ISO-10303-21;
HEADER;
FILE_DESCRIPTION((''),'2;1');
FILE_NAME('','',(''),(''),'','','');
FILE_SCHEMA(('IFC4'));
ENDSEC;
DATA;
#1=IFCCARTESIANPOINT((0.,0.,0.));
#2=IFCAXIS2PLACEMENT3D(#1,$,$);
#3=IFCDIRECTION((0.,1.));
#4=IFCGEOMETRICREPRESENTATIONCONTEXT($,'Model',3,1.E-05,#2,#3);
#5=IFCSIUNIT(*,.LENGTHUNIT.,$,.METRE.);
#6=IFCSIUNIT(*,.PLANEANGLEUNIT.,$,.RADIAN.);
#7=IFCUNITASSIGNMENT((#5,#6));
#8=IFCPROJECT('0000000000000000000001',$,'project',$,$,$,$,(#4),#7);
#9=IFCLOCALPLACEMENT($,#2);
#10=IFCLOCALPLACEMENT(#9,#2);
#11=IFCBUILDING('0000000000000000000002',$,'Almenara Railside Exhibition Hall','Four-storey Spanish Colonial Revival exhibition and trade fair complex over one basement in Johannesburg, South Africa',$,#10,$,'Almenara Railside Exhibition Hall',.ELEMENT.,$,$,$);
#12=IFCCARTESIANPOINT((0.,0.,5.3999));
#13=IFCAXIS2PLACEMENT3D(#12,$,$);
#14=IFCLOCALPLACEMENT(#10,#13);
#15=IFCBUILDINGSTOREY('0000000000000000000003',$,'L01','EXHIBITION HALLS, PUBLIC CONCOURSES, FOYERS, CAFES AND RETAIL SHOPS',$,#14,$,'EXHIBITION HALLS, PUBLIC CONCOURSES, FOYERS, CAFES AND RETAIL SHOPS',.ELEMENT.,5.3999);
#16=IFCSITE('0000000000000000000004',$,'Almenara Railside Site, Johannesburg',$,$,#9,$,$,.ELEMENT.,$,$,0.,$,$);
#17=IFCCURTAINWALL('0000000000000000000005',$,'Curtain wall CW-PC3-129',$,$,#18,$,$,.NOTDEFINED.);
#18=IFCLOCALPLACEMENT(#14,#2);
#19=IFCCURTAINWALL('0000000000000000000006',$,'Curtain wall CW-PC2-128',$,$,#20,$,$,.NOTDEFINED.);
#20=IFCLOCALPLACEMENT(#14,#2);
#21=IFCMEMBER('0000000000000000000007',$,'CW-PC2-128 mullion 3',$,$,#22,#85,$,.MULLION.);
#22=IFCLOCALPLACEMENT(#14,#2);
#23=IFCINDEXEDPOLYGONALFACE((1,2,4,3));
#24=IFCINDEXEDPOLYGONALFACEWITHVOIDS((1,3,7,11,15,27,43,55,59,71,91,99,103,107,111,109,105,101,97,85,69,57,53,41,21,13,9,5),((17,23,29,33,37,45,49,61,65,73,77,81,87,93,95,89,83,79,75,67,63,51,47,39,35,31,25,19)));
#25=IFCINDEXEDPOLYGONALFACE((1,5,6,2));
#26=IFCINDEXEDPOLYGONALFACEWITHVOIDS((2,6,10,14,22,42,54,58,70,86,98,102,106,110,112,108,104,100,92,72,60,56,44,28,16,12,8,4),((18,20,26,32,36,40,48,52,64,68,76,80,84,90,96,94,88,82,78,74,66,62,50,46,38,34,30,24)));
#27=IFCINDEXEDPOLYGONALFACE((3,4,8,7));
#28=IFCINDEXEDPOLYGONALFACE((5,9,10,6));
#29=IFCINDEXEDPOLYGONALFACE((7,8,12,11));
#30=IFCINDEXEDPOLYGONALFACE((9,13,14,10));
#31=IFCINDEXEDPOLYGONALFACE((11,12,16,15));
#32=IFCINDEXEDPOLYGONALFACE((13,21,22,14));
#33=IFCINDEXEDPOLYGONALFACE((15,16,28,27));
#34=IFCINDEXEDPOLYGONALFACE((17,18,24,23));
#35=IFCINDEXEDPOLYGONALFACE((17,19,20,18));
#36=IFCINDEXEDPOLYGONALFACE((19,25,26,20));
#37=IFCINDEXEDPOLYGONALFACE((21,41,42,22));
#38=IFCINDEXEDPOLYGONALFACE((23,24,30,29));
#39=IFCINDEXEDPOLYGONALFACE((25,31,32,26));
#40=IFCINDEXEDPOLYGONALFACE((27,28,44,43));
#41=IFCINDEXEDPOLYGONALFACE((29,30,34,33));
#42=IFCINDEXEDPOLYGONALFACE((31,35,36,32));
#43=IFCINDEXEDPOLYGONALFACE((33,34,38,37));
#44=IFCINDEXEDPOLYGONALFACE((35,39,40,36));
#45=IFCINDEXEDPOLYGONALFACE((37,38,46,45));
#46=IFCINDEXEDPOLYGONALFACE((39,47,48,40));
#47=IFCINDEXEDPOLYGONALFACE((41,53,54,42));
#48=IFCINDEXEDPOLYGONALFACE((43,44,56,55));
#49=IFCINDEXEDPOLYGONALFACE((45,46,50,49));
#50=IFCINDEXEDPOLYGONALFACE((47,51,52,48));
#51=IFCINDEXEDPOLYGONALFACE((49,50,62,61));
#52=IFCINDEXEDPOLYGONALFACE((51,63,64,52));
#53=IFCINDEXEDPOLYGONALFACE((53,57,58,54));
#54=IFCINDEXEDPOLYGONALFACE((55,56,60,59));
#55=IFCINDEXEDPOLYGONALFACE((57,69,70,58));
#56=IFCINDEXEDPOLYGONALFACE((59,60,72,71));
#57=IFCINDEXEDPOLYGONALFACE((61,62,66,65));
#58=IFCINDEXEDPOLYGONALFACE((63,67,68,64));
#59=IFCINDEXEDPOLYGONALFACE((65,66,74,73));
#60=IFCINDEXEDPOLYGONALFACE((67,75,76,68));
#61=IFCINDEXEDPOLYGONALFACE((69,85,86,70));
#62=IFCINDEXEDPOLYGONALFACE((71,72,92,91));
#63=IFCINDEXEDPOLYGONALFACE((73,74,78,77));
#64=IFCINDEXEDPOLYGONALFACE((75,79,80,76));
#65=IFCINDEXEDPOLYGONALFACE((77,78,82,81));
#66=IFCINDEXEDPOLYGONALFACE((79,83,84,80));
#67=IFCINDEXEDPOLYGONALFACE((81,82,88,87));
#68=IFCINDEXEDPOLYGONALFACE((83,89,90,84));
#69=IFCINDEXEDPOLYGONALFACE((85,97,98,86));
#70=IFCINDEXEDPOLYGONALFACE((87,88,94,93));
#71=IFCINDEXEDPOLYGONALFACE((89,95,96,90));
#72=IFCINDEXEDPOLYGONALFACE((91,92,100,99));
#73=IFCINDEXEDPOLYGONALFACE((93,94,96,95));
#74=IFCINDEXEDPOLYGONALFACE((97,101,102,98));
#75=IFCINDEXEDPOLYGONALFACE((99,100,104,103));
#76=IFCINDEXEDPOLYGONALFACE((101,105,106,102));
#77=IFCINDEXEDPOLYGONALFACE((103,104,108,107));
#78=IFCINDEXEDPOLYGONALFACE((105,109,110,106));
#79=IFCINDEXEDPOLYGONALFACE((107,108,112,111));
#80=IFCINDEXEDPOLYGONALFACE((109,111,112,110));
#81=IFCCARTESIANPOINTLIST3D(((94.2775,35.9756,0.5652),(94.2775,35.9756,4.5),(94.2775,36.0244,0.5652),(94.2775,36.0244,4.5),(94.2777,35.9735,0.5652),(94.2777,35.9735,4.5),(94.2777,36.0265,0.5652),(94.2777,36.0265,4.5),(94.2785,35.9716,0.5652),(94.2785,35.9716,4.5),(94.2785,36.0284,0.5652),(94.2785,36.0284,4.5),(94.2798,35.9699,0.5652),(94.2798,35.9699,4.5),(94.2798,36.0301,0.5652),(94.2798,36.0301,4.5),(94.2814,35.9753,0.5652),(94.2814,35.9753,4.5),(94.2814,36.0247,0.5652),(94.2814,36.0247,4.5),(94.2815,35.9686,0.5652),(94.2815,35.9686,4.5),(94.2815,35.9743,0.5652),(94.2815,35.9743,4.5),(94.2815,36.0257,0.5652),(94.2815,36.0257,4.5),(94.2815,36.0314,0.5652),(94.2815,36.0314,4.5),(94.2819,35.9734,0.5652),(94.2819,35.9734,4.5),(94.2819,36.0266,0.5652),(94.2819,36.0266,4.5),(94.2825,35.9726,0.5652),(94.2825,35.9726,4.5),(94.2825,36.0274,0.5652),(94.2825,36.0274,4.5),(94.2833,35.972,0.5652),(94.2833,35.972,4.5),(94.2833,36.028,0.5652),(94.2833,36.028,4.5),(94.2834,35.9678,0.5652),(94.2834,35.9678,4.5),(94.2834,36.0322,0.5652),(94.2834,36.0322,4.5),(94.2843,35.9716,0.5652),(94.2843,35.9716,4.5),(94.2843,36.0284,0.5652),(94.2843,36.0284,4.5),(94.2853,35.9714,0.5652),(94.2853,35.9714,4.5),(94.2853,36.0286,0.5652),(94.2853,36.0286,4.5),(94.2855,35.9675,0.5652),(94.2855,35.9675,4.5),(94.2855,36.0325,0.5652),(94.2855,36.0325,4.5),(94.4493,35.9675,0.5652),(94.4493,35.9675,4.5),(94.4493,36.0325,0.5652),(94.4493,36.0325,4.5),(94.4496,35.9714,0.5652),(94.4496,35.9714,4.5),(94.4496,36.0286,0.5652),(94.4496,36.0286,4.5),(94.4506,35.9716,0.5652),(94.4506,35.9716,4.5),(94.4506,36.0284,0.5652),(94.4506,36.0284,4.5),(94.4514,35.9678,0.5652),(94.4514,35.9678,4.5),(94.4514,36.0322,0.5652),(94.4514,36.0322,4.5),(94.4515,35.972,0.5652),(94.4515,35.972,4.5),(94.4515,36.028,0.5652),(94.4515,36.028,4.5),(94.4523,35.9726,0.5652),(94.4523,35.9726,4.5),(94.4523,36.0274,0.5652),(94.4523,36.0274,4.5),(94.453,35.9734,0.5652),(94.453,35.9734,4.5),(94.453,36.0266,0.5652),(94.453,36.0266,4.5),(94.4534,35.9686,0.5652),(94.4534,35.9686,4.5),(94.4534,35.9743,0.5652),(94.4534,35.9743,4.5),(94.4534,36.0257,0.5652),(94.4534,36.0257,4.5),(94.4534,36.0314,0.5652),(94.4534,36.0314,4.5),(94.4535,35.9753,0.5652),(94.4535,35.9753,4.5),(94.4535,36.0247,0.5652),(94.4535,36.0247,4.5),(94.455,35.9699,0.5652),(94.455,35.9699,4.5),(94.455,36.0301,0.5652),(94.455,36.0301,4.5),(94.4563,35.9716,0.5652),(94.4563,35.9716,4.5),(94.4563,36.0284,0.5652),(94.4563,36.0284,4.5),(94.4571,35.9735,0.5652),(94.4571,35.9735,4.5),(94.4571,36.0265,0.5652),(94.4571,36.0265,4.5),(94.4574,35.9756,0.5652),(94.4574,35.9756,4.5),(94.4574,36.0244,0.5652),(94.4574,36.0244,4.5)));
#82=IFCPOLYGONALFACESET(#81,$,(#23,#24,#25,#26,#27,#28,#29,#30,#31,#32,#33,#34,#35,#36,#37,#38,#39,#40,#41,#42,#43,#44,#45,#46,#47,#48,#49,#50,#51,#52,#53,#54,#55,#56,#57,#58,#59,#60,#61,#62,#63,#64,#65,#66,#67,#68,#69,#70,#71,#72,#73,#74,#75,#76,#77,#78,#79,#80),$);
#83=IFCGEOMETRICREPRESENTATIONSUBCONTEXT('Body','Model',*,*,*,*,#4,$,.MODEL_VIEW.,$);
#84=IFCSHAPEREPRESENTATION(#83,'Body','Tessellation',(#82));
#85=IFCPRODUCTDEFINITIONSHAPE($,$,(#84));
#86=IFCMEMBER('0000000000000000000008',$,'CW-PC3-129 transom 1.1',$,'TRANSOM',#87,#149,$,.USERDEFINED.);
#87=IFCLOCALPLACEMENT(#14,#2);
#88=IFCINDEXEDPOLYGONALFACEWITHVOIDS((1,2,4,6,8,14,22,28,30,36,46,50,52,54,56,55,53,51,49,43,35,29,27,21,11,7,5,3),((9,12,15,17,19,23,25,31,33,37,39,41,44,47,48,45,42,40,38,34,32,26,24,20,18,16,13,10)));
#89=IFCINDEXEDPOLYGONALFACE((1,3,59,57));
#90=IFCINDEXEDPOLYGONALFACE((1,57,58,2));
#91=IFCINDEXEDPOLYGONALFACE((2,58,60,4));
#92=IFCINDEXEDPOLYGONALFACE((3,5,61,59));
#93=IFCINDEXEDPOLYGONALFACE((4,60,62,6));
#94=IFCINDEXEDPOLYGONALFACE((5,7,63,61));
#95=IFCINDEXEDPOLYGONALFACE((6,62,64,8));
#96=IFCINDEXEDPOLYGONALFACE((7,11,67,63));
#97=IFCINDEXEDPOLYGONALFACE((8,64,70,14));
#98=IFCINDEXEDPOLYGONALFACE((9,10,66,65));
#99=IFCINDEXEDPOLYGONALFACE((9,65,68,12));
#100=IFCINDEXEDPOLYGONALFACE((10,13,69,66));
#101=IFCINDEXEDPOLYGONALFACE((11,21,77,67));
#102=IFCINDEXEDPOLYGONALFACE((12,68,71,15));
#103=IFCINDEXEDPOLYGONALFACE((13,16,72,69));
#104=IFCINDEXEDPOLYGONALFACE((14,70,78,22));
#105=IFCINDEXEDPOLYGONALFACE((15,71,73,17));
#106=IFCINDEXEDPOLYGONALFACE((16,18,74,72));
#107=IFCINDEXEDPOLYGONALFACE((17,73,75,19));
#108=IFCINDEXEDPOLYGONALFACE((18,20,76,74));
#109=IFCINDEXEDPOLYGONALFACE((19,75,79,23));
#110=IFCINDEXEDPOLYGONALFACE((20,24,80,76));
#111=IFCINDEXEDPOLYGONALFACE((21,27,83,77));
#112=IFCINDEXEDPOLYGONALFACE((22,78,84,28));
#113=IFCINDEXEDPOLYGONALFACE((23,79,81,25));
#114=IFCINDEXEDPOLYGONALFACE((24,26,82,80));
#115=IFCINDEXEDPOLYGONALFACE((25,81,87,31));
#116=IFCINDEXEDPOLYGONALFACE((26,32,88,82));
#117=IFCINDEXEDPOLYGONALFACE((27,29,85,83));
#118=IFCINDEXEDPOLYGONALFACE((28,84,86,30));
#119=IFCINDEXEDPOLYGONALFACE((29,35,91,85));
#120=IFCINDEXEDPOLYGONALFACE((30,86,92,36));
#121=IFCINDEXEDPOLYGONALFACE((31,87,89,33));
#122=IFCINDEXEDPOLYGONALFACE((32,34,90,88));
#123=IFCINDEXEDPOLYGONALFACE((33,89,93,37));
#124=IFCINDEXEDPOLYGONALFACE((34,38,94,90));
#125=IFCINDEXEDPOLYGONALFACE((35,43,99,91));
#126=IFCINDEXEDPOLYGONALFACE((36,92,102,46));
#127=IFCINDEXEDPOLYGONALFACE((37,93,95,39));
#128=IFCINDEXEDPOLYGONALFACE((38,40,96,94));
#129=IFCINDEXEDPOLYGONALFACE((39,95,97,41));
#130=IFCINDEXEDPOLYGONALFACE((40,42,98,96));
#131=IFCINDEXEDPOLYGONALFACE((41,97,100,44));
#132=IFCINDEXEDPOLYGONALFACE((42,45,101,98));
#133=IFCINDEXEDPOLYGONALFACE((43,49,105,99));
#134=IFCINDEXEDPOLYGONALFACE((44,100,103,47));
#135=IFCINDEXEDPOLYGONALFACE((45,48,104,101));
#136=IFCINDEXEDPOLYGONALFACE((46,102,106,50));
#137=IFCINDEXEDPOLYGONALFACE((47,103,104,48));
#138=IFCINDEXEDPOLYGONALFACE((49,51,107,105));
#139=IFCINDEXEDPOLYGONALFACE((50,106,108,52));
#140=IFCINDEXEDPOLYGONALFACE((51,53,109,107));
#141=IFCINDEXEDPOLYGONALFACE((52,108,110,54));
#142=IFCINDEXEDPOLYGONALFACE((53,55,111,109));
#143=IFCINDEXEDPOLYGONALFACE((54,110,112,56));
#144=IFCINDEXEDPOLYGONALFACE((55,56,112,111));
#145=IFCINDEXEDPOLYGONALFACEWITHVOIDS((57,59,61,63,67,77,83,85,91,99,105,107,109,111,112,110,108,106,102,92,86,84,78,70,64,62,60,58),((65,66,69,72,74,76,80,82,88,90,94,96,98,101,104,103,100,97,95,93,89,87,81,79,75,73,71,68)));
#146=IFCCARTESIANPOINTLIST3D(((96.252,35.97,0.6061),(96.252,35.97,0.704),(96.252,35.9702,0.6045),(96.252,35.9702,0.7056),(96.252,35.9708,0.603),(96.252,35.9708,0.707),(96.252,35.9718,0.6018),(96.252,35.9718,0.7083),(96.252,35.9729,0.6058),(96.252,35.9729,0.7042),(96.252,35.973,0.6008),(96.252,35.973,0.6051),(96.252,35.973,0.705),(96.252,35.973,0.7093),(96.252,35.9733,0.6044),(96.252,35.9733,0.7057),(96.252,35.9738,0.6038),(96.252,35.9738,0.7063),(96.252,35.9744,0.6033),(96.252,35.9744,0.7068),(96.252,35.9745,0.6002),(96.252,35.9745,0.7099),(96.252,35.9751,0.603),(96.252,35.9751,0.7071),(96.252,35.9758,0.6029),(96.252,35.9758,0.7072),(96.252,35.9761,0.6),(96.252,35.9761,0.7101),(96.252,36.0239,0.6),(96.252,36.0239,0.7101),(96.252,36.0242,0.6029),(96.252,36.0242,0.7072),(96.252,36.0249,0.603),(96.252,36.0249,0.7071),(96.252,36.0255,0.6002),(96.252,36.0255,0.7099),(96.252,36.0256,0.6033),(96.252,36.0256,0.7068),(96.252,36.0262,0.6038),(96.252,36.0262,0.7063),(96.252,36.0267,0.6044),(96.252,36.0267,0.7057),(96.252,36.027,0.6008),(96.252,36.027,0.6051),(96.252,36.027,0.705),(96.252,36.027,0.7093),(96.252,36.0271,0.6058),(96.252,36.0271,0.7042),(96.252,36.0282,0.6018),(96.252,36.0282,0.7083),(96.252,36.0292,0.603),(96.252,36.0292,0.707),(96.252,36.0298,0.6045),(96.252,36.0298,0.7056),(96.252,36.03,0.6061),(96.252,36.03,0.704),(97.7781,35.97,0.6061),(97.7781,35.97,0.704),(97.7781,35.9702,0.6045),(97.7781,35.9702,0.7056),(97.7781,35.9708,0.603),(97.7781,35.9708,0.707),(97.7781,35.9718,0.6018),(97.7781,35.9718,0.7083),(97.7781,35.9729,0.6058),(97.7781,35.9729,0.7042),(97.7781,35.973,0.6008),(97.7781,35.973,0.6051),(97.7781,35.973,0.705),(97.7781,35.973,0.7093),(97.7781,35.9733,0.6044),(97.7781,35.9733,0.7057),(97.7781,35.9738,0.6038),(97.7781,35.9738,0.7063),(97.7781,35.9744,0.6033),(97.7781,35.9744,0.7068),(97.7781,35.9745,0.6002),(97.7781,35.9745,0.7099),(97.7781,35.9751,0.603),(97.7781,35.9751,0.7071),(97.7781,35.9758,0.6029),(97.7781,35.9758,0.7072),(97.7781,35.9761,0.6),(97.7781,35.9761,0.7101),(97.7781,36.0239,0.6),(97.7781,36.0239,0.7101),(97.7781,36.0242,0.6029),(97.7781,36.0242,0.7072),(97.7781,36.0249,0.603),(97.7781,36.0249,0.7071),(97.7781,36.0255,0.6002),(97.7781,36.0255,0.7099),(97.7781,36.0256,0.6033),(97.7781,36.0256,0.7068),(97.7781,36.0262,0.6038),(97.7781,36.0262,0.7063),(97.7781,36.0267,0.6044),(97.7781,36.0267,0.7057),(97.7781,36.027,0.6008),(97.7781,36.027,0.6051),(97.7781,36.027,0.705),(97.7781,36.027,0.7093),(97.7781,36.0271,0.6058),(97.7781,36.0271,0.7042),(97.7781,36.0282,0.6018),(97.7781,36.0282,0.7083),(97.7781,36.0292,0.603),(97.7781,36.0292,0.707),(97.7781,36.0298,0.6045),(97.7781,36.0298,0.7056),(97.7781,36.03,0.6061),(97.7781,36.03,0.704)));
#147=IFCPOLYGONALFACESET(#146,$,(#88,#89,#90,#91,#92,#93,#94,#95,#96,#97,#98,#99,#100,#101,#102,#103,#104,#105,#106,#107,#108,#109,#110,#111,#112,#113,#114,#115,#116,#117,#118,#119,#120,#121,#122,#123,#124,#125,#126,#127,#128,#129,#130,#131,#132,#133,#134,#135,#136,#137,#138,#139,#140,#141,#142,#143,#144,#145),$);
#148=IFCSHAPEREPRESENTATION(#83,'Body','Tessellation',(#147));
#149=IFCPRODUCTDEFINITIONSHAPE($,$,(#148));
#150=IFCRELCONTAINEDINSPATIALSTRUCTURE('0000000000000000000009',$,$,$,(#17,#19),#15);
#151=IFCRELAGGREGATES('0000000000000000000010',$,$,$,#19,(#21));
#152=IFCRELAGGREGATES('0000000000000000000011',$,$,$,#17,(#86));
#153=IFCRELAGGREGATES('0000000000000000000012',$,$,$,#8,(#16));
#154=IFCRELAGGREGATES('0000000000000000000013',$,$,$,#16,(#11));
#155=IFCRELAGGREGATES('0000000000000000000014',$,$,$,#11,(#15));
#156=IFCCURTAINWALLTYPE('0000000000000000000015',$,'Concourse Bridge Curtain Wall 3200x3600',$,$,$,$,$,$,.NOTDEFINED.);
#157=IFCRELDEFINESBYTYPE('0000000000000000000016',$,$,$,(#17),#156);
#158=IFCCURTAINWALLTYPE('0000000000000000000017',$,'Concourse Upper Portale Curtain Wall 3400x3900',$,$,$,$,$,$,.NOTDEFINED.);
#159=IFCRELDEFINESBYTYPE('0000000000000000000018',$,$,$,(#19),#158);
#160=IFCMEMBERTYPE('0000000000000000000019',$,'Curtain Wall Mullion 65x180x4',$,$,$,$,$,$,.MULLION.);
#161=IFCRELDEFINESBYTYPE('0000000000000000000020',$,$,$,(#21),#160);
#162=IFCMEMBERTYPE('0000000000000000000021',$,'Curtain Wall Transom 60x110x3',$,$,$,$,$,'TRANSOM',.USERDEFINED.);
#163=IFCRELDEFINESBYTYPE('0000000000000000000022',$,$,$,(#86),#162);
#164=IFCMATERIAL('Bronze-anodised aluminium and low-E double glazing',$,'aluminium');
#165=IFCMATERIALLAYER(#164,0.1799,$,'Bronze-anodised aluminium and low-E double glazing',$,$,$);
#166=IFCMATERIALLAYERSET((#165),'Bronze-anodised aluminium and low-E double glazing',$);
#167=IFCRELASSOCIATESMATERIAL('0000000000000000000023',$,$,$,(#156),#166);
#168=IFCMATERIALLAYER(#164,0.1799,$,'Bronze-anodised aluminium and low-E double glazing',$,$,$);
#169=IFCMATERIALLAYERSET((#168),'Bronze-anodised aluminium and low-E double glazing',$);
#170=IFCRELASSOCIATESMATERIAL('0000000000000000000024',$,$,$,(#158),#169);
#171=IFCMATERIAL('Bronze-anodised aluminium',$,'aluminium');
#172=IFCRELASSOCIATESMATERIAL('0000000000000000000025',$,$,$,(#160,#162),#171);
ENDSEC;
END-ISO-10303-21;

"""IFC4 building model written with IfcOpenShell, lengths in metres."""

from ifc_helpers import new_model, si_unit, direction, frame, origin, origin_2d, place, context, subcontext, project, spatial, hollow_rectangle, extrude, material, layer, layer_set, material_profile, profile_set, type_object, element, aggregate, save


model = new_model("IFC4")

# Units and contexts
model_context = context("Model", 3, precision=1e-05, world=origin(), true_north=direction((0.0, 1.0)))
body_context = subcontext(model_context, "Body", "Model", "MODEL_VIEW")
ifc_project = project(units=[si_unit("LENGTHUNIT", "METRE"), si_unit("PLANEANGLEUNIT", "RADIAN")], contexts=[model_context])

# Site, building, storey
site_placement = place(None, origin())
site = spatial("IfcSite", under=ifc_project, at=site_placement, Name="Almenara Railside Site, Johannesburg", CompositionType="ELEMENT", RefElevation=0.0)
building_placement = place(site_placement, origin())
building = spatial("IfcBuilding", under=site, at=building_placement, Name="Almenara Railside Exhibition Hall", Description="Four-storey Spanish Colonial Revival exhibition and trade fair complex over one basement in Johannesburg, South Africa", LongName="Almenara Railside Exhibition Hall", CompositionType="ELEMENT")
storey_placement = place(building_placement, frame((0.0, 0.0, 5.3999)))
storey = spatial("IfcBuildingStorey", under=building, at=storey_placement, Name="L01", Description="EXHIBITION HALLS, PUBLIC CONCOURSES, FOYERS, CAFES AND RETAIL SHOPS", LongName="EXHIBITION HALLS, PUBLIC CONCOURSES, FOYERS, CAFES AND RETAIL SHOPS", CompositionType="ELEMENT", Elevation=5.3999)

# Curtain wall
ifc_material_1 = material(Name="Bronze-anodised aluminium and low-E double glazing", Category="aluminium")
ifc_layer_1 = layer(ifc_material_1, 0.1799, Name="Bronze-anodised aluminium and low-E double glazing")
ifc_layer_set_1 = layer_set([ifc_layer_1], Name="Bronze-anodised aluminium and low-E double glazing")
curtain_wall_type_1 = type_object("IfcCurtainWallType", Name="Concourse Bridge Curtain Wall 3200x3600", PredefinedType="NOTDEFINED", material=ifc_layer_set_1)
curtain_wall_1_placement = place(storey_placement, origin())
curtain_wall_1 = element("IfcCurtainWall", 1, at=curtain_wall_1_placement, inside=storey, type_object=curtain_wall_type_1, Name="Curtain wall CW-PC3-129", PredefinedType="NOTDEFINED")
ifc_material_2 = material(Name="Bronze-anodised aluminium", Category="aluminium")

# Curtain wall, member
ifc_layer_2 = layer(ifc_material_1, 0.1799, Name="Bronze-anodised aluminium and low-E double glazing")
ifc_layer_set_2 = layer_set([ifc_layer_2], Name="Bronze-anodised aluminium and low-E double glazing")
curtain_wall_type_2 = type_object("IfcCurtainWallType", Name="Concourse Upper Portale Curtain Wall 3400x3900", PredefinedType="NOTDEFINED", material=ifc_layer_set_2)
curtain_wall_2_placement = place(storey_placement, origin())
curtain_wall_2 = element("IfcCurtainWall", 2, at=curtain_wall_2_placement, inside=storey, type_object=curtain_wall_type_2, Name="Curtain wall CW-PC2-128", PredefinedType="NOTDEFINED")
ifc_material_profile_1 = material_profile(ifc_material_2, hollow_rectangle(XDim=0.0649, YDim=0.1799, WallThickness=0.0039, InnerFilletRadius=0.0039, OuterFilletRadius=0.0081, at=origin_2d()), Name="ALU-MUL 65x180x4")
ifc_profile_set_1 = profile_set([ifc_material_profile_1], Name="Bronze-anodised aluminium")
member_type_1 = type_object("IfcMemberType", Name="Curtain Wall Mullion 65x180x4", PredefinedType="MULLION", material=ifc_profile_set_1)
member_1_placement = place(storey_placement, frame((94.3674, 36.0, 0.5652), z_axis=(0.0, 0.0, 1.0), x_axis=(0.0, 1.0, 0.0)))
member_1 = element("IfcMember", 3, at=member_1_placement, type_object=member_type_1, Name="CW-PC2-128 mullion 3", PredefinedType="MULLION", context=body_context, shape_type="SweptSolid", body=[
    extrude(hollow_rectangle(XDim=0.0649, YDim=0.1799, WallThickness=0.0039, InnerFilletRadius=0.0039, OuterFilletRadius=0.0081, at=origin_2d()), origin(), (0.0, 0.0, 1.0), 3.9348),
])

# Member
ifc_material_profile_2 = material_profile(ifc_material_2, hollow_rectangle(XDim=0.0601, YDim=0.1101, WallThickness=0.0029, InnerFilletRadius=0.0029, OuterFilletRadius=0.0061, at=origin_2d()), Name="ALU-TRN 60x110x3")
ifc_profile_set_2 = profile_set([ifc_material_profile_2], Name="Bronze-anodised aluminium")
member_type_2 = type_object("IfcMemberType", Name="Curtain Wall Transom 60x110x3", ElementType="TRANSOM", PredefinedType="USERDEFINED", material=ifc_profile_set_2)
member_2_placement = place(storey_placement, frame((96.252, 36.0, 0.655), z_axis=(1.0, 0.0, 0.0), x_axis=(0.0, 1.0, 0.0)))
member_2 = element("IfcMember", 4, at=member_2_placement, type_object=member_type_2, Name="CW-PC3-129 transom 1.1", ObjectType="TRANSOM", PredefinedType="USERDEFINED", context=body_context, shape_type="SweptSolid", body=[
    extrude(hollow_rectangle(XDim=0.0601, YDim=0.1101, WallThickness=0.0029, InnerFilletRadius=0.0029, OuterFilletRadius=0.0061, at=origin_2d()), origin(), (0.0, 0.0, 1.0), 1.5261),
])

aggregate(curtain_wall_2, [member_1])
aggregate(curtain_wall_1, [member_2])

save(model, "model.ifc")
